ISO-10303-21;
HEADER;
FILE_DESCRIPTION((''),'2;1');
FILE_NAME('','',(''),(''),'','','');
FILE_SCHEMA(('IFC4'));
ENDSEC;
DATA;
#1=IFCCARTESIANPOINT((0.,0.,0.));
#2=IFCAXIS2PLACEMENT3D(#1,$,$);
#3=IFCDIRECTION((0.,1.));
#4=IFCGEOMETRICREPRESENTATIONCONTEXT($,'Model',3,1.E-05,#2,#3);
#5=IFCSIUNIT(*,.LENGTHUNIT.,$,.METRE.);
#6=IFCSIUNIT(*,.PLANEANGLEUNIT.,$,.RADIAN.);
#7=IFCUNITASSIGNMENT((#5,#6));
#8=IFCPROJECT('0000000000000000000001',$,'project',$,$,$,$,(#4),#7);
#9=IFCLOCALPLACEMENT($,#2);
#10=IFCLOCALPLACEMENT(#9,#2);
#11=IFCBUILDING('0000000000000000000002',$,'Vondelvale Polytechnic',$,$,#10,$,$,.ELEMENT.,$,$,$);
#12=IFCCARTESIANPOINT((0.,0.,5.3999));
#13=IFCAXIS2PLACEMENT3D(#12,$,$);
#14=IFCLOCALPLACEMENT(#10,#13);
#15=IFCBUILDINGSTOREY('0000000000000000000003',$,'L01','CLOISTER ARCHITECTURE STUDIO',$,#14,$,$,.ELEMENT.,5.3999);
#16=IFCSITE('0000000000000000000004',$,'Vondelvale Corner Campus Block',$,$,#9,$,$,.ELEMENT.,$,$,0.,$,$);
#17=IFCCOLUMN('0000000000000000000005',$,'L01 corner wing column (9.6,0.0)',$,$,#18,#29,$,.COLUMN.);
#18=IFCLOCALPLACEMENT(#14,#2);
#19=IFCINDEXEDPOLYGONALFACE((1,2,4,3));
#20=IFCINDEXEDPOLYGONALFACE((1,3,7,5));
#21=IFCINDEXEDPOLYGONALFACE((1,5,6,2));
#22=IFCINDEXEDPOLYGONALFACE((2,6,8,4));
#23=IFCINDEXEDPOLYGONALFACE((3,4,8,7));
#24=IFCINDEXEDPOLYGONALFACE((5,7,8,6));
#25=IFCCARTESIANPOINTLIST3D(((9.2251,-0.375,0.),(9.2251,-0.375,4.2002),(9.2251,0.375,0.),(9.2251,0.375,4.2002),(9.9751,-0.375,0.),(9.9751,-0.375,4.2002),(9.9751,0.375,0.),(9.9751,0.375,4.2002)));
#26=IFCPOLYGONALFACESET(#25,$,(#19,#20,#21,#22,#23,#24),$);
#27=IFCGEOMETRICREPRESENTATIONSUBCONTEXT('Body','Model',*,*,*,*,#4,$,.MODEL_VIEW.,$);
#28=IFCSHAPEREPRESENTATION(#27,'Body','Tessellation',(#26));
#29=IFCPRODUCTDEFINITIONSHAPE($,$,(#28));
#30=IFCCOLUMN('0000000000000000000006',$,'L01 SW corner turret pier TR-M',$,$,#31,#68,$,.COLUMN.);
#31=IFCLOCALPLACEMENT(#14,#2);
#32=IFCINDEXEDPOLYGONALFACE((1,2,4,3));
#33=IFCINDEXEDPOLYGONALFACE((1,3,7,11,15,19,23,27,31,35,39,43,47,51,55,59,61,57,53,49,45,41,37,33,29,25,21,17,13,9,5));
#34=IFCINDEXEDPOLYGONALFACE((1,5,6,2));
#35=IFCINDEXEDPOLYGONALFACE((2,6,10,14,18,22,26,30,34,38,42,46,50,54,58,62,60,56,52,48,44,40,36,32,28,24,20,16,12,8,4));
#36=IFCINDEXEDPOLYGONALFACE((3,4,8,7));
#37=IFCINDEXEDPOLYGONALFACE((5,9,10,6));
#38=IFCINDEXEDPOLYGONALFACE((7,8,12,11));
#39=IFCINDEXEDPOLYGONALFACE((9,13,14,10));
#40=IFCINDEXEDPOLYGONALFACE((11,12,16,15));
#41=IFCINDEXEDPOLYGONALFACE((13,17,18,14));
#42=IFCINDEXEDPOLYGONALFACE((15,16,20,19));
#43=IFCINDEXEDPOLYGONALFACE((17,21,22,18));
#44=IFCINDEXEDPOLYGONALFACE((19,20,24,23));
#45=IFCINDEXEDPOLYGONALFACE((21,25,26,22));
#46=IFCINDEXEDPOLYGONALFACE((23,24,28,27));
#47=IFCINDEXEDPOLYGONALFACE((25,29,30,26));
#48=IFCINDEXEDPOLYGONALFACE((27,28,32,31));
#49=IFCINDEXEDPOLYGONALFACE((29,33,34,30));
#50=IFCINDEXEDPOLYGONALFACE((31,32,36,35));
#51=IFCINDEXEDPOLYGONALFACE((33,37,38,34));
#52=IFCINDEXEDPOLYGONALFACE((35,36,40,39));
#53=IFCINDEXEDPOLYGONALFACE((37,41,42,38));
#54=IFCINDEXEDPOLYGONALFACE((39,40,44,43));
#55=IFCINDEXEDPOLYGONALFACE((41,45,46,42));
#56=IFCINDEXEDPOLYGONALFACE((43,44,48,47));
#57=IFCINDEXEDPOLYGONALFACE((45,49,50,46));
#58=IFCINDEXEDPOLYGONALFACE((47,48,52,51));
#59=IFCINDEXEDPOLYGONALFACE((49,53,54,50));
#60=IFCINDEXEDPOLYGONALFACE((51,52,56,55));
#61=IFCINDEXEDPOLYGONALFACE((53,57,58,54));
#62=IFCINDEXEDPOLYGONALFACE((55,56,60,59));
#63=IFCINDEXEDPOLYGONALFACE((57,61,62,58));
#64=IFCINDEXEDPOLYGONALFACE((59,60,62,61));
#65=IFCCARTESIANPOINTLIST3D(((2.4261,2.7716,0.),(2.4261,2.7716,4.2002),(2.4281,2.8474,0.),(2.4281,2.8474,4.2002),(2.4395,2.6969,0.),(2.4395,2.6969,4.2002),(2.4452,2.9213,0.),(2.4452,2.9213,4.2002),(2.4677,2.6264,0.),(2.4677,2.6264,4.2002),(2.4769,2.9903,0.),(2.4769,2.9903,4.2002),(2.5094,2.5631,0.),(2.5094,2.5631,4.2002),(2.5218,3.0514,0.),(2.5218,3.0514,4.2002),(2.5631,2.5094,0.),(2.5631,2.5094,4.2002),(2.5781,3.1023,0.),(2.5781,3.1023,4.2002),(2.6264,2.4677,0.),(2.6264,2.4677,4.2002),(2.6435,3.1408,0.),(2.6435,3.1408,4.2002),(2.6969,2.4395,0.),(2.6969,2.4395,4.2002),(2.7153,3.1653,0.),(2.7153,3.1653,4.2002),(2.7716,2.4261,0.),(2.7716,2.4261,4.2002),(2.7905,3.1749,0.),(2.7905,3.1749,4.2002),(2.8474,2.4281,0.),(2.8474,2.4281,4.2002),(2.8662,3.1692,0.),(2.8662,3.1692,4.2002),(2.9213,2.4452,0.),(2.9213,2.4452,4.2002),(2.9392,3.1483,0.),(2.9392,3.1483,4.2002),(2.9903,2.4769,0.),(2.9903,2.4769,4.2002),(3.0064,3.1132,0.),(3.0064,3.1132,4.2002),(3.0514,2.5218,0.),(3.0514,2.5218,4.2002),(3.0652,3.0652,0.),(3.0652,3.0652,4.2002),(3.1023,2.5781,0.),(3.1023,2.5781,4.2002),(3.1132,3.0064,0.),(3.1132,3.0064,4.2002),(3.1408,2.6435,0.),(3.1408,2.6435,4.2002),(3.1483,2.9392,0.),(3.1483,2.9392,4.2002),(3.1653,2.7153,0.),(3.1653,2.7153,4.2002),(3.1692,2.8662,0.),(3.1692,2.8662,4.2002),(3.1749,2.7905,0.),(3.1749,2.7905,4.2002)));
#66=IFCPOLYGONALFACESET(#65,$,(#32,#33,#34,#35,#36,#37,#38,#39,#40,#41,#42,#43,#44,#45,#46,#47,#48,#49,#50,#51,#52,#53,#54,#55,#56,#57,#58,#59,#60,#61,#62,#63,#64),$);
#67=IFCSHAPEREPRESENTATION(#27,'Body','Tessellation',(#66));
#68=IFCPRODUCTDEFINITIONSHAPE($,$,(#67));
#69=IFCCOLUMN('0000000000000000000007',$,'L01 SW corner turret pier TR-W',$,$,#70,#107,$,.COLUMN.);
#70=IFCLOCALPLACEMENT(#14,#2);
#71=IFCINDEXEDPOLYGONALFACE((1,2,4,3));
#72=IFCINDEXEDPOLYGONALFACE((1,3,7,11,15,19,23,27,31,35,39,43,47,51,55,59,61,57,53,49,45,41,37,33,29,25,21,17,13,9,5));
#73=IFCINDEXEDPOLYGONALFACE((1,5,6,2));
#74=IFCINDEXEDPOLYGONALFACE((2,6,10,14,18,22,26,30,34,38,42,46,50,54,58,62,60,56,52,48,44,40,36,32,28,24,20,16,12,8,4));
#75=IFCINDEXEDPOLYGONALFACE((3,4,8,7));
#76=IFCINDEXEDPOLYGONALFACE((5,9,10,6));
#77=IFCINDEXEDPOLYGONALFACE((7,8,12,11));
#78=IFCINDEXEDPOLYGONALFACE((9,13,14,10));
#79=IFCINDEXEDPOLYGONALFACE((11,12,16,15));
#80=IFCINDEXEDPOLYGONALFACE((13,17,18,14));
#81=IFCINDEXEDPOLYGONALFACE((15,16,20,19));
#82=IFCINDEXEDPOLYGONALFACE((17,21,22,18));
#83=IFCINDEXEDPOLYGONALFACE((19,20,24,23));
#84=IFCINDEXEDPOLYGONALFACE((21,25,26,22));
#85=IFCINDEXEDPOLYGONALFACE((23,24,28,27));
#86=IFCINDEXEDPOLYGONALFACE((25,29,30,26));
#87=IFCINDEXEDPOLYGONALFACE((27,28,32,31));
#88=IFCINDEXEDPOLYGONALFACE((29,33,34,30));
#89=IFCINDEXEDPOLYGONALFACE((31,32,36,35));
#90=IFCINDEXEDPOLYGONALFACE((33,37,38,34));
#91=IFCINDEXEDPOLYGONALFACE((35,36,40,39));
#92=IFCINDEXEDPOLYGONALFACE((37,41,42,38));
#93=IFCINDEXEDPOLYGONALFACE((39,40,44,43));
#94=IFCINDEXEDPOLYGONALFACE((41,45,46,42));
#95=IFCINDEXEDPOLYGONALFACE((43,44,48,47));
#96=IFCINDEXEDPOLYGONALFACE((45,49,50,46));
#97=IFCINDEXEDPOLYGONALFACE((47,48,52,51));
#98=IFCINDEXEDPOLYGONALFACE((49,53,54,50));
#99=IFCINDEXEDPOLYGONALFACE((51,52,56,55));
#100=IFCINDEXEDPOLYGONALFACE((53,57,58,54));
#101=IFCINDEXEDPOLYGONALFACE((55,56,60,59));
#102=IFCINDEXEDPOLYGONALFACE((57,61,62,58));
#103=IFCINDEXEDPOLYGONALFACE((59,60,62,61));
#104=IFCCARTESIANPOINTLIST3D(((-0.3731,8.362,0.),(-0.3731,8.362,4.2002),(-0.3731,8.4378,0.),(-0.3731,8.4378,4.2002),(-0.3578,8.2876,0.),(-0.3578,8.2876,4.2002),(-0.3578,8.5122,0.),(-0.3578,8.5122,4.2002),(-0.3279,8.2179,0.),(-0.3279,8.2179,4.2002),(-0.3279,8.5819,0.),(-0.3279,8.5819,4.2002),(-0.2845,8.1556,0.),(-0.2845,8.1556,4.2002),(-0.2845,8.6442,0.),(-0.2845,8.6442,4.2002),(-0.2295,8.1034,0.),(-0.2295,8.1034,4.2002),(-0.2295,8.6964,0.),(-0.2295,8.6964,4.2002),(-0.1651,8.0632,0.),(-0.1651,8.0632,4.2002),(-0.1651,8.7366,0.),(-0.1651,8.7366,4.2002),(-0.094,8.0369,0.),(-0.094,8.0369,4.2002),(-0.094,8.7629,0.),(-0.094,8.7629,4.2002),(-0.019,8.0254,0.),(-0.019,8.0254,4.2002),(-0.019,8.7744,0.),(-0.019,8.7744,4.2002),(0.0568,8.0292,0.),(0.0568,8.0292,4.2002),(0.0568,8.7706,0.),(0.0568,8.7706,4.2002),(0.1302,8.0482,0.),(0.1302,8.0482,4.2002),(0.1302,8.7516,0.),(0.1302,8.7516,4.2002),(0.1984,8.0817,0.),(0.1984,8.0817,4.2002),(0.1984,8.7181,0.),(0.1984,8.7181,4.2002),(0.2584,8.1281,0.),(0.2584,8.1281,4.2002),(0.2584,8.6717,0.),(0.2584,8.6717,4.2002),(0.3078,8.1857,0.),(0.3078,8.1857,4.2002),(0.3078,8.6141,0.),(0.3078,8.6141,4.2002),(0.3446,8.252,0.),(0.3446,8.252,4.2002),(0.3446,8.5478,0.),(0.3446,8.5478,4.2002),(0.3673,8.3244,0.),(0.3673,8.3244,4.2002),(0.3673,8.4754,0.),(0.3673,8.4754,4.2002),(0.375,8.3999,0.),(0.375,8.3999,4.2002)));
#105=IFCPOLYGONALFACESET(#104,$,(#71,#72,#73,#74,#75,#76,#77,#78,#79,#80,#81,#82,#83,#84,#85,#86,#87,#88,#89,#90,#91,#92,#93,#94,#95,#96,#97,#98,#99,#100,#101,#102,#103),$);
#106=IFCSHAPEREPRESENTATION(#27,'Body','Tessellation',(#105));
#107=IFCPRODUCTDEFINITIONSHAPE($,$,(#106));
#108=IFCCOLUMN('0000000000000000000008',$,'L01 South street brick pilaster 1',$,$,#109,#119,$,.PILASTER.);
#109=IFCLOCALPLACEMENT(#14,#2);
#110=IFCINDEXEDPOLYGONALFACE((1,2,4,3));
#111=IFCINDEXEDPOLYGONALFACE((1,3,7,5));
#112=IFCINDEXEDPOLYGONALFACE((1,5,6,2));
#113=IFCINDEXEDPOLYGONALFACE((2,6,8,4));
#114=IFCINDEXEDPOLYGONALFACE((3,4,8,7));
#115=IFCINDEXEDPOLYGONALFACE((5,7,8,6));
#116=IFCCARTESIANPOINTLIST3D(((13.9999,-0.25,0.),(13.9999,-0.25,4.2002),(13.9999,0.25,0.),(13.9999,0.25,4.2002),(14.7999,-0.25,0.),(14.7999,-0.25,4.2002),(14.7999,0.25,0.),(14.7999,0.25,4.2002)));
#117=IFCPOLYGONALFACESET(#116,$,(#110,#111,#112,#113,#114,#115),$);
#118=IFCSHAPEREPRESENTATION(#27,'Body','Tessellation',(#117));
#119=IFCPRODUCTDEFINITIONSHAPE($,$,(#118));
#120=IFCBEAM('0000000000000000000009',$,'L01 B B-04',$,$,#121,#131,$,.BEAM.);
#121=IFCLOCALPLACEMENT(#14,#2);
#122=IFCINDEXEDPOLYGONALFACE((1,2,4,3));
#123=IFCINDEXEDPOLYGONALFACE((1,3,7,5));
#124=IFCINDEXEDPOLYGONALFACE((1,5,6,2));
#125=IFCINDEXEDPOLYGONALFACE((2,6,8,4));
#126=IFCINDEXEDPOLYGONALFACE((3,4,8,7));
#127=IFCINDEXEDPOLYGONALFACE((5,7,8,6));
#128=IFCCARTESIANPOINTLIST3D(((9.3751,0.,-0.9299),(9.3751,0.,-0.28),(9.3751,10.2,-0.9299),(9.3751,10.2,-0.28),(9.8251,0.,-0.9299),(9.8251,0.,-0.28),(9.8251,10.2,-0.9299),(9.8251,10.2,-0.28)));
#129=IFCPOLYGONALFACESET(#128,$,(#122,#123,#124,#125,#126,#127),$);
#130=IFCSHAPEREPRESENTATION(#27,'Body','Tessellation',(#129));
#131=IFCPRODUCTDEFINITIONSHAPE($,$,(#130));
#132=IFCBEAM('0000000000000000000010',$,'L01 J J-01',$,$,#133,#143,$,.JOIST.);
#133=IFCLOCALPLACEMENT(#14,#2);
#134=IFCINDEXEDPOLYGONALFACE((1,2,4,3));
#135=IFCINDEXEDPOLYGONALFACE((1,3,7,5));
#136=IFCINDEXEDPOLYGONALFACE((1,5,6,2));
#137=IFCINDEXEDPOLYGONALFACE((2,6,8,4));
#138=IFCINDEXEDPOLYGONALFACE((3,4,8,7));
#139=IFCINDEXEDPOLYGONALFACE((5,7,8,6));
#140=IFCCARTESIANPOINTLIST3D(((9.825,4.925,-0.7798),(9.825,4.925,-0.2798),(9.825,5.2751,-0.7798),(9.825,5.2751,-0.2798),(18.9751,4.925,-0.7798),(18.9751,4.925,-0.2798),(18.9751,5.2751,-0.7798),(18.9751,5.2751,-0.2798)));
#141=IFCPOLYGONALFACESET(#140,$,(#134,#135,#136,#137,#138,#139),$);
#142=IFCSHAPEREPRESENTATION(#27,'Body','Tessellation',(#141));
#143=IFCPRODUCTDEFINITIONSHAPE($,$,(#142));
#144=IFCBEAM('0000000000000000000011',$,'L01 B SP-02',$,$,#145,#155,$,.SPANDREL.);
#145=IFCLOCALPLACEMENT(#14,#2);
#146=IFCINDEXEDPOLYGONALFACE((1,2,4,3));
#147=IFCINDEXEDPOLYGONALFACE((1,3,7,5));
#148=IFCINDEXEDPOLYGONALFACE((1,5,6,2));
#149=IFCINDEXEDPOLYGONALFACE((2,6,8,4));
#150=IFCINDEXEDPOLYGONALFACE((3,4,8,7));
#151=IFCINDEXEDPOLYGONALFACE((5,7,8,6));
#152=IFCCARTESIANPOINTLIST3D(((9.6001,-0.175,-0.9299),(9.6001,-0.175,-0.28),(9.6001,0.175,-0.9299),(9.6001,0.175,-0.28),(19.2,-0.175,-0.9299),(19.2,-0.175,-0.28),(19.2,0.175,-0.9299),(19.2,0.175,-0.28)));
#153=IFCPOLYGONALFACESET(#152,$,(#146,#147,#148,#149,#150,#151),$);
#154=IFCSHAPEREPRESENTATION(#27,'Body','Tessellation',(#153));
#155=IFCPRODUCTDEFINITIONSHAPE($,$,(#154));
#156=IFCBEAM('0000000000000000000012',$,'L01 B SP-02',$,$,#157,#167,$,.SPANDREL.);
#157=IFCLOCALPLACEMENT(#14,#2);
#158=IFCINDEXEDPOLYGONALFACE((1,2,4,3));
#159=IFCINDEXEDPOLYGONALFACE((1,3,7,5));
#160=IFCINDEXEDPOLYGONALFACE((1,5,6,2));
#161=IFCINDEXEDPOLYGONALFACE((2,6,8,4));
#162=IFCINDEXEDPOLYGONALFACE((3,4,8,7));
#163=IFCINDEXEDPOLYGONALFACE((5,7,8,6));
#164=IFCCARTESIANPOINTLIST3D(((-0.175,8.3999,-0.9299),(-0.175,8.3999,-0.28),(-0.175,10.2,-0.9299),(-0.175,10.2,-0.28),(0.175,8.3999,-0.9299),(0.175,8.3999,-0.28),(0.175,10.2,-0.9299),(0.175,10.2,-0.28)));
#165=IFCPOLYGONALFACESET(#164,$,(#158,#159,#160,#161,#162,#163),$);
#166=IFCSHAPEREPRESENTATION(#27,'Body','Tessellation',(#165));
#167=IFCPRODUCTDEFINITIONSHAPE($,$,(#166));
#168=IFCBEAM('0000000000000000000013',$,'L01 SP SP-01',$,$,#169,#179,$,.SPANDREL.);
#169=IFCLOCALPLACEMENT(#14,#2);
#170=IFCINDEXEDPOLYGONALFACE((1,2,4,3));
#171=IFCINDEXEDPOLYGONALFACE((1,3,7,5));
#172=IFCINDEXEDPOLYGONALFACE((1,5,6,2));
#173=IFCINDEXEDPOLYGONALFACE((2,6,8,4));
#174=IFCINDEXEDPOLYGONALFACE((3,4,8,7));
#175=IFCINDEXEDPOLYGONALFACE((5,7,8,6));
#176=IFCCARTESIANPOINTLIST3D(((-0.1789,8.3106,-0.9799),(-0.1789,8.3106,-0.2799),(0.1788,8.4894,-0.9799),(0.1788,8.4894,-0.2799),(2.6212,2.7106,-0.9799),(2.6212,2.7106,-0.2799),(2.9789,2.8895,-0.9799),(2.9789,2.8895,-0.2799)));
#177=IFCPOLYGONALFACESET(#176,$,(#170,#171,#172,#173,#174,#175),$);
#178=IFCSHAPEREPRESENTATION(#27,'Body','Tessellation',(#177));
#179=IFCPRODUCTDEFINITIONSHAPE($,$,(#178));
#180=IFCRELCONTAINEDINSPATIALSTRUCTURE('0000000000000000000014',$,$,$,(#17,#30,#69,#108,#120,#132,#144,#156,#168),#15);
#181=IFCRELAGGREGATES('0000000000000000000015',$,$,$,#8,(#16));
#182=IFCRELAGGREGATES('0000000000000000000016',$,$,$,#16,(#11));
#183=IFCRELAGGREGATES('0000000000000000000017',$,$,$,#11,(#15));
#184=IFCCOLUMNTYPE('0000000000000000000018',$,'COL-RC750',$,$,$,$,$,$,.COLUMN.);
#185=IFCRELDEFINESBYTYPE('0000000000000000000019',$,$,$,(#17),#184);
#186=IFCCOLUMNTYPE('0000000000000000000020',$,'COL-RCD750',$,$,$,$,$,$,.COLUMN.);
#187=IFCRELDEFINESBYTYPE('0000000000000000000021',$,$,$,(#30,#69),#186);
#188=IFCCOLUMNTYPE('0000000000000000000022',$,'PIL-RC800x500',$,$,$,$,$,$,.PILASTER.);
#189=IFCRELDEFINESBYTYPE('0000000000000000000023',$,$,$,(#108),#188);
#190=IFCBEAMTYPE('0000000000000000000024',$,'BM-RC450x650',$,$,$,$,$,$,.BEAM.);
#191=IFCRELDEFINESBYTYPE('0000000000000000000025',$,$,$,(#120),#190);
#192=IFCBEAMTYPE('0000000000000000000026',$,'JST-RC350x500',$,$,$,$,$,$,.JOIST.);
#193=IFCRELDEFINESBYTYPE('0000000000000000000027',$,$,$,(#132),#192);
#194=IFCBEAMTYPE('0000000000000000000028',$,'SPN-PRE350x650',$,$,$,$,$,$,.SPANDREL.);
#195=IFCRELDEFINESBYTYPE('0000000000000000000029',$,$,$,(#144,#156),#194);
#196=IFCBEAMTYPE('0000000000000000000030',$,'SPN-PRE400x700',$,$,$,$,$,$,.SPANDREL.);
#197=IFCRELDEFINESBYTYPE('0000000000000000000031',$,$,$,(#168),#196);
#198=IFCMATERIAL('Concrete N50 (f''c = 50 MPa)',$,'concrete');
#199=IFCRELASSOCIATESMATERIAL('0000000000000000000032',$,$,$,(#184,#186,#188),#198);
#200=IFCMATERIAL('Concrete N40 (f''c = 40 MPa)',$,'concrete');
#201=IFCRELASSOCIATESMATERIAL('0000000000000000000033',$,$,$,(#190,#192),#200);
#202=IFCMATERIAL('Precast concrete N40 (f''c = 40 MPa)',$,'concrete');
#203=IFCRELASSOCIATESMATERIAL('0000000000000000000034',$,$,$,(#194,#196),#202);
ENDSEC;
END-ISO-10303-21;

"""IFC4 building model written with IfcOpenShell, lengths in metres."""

from ifc_helpers import new_model, si_unit, direction, frame, origin, origin_2d, place, context, subcontext, project, spatial, rectangle, circle, extrude, material, material_profile, profile_set, type_object, element, save


model = new_model("IFC4")

# Units and contexts
model_context = context("Model", 3, precision=1e-05, world=origin(), true_north=direction((0.0, 1.0)))
body_context = subcontext(model_context, "Body", "Model", "MODEL_VIEW")
ifc_project = project(units=[si_unit("LENGTHUNIT", "METRE"), si_unit("PLANEANGLEUNIT", "RADIAN")], contexts=[model_context])

# Site, building, storey
site_placement = place(None, origin())
site = spatial("IfcSite", under=ifc_project, at=site_placement, Name="Vondelvale Corner Campus Block", CompositionType="ELEMENT", RefElevation=0.0)
building_placement = place(site_placement, origin())
building = spatial("IfcBuilding", under=site, at=building_placement, Name="Vondelvale Polytechnic", CompositionType="ELEMENT")
storey_placement = place(building_placement, frame((0.0, 0.0, 5.3999)))
storey = spatial("IfcBuildingStorey", under=building, at=storey_placement, Name="L01", Description="CLOISTER ARCHITECTURE STUDIO", CompositionType="ELEMENT", Elevation=5.3999)

# Columns
ifc_material_1 = material(Name="Concrete N50 (f'c = 50 MPa)", Category="concrete")
ifc_material_profile_1 = material_profile(ifc_material_1, rectangle(XDim=0.75, YDim=0.75, at=origin_2d()), Name="RC-COL-750x750")
ifc_profile_set_1 = profile_set([ifc_material_profile_1], Name="Concrete N50 (f'c = 50 MPa)")
column_type_1 = type_object("IfcColumnType", Name="COL-RC750", PredefinedType="COLUMN", material=ifc_profile_set_1)
column_1_placement = place(storey_placement, frame((9.6001, 0.0, 0.0), z_axis=(0.0, 0.0, 1.0), x_axis=(1.0, 0.0, 0.0)))
element("IfcColumn", 1, at=column_1_placement, inside=storey, type_object=column_type_1, Name="L01 corner wing column (9.6,0.0)", PredefinedType="COLUMN", context=body_context, shape_type="SweptSolid", body=[
    extrude(rectangle(XDim=0.75, YDim=0.75, at=origin_2d()), origin(), (0.0, 0.0, 1.0), 4.2002),
])
ifc_material_profile_2 = material_profile(ifc_material_1, circle(Radius=0.375, at=origin_2d()), Name="RC-COL-D750")
ifc_profile_set_2 = profile_set([ifc_material_profile_2], Name="Concrete N50 (f'c = 50 MPa)")
column_type_2 = type_object("IfcColumnType", Name="COL-RCD750", PredefinedType="COLUMN", material=ifc_profile_set_2)
for number, where, z_axis, x_axis, name in (
    (2, (2.8, 2.8, 0.0), (0.0, 0.0, 1.0), (0.707107, 0.707107, 0.0), "L01 SW corner turret pier TR-M"),
    (3, (0.0, 8.3999, 0.0), (0.0, 0.0, 1.0), (1.0, 0.0, 0.0), "L01 SW corner turret pier TR-W"),
):
    element("IfcColumn", number, at=place(storey_placement, frame(where, z_axis=z_axis, x_axis=x_axis)), inside=storey, type_object=column_type_2, Name=name, PredefinedType="COLUMN", context=body_context, shape_type="SweptSolid", body=[
        extrude(circle(Radius=0.375, at=origin_2d()), origin(), (0.0, 0.0, 1.0), 4.2002),
    ])
ifc_material_profile_3 = material_profile(ifc_material_1, rectangle(XDim=0.5, YDim=0.8, at=origin_2d()), Name="RC-PIL-800x500")
ifc_profile_set_3 = profile_set([ifc_material_profile_3], Name="Concrete N50 (f'c = 50 MPa)")
column_type_3 = type_object("IfcColumnType", Name="PIL-RC800x500", PredefinedType="PILASTER", material=ifc_profile_set_3)
column_2_placement = place(storey_placement, frame((14.3999, 0.0, 0.0), z_axis=(0.0, 0.0, 1.0), x_axis=(0.0, 1.0, 0.0)))
element("IfcColumn", 4, at=column_2_placement, inside=storey, type_object=column_type_3, Name="L01 South street brick pilaster 1", PredefinedType="PILASTER", context=body_context, shape_type="SweptSolid", body=[
    extrude(rectangle(XDim=0.5, YDim=0.8, at=origin_2d()), origin(), (0.0, 0.0, 1.0), 4.2002),
])

# Beams
ifc_material_2 = material(Name="Concrete N40 (f'c = 40 MPa)", Category="concrete")
ifc_material_profile_4 = material_profile(ifc_material_2, rectangle(XDim=0.45, YDim=0.6499, at=origin_2d()), Name="RC-BM-450x650")
ifc_profile_set_4 = profile_set([ifc_material_profile_4], Name="Concrete N40 (f'c = 40 MPa)")
beam_type_1 = type_object("IfcBeamType", Name="BM-RC450x650", PredefinedType="BEAM", material=ifc_profile_set_4)
beam_1_placement = place(storey_placement, frame((9.6001, 0.0, -0.605), z_axis=(0.0, 1.0, 0.0), x_axis=(-1.0, 0.0, 0.0)))
element("IfcBeam", 5, at=beam_1_placement, inside=storey, type_object=beam_type_1, Name="L01 B B-04", PredefinedType="BEAM", context=body_context, shape_type="SweptSolid", body=[
    extrude(rectangle(XDim=0.45, YDim=0.6499, at=origin_2d()), origin(), (0.0, 0.0, 1.0), 10.2),
])
ifc_material_profile_5 = material_profile(ifc_material_2, rectangle(XDim=0.3501, YDim=0.5, at=origin_2d()), Name="RC-JST-350x500")
ifc_profile_set_5 = profile_set([ifc_material_profile_5], Name="Concrete N40 (f'c = 40 MPa)")
beam_type_2 = type_object("IfcBeamType", Name="JST-RC350x500", PredefinedType="JOIST", material=ifc_profile_set_5)
beam_2_placement = place(storey_placement, frame((9.825, 5.1001, -0.5298), z_axis=(1.0, 0.0, 0.0), x_axis=(0.0, 1.0, 0.0)))
element("IfcBeam", 6, at=beam_2_placement, inside=storey, type_object=beam_type_2, Name="L01 J J-01", PredefinedType="JOIST", context=body_context, shape_type="SweptSolid", body=[
    extrude(rectangle(XDim=0.3501, YDim=0.5, at=origin_2d()), origin(), (0.0, 0.0, 1.0), 9.1501),
])
ifc_material_3 = material(Name="Precast concrete N40 (f'c = 40 MPa)", Category="concrete")
ifc_material_profile_6 = material_profile(ifc_material_3, rectangle(XDim=0.3501, YDim=0.6499, at=origin_2d()), Name="RC-SPN-350x650")
ifc_profile_set_6 = profile_set([ifc_material_profile_6], Name="Precast concrete N40 (f'c = 40 MPa)")
beam_type_3 = type_object("IfcBeamType", Name="SPN-PRE350x650", PredefinedType="SPANDREL", material=ifc_profile_set_6)
beam_3_placement = place(storey_placement, frame((9.6001, 0.0, -0.605), z_axis=(1.0, 0.0, 0.0), x_axis=(0.0, 1.0, 0.0)))
element("IfcBeam", 7, at=beam_3_placement, inside=storey, type_object=beam_type_3, Name="L01 B SP-02", PredefinedType="SPANDREL", context=body_context, shape_type="SweptSolid", body=[
    extrude(rectangle(XDim=0.3501, YDim=0.6499, at=origin_2d()), origin(), (0.0, 0.0, 1.0), 9.5999),
])
beam_4_placement = place(storey_placement, frame((0.0, 8.3999, -0.605), z_axis=(0.0, 1.0, 0.0), x_axis=(-1.0, 0.0, 0.0)))
element("IfcBeam", 8, at=beam_4_placement, inside=storey, type_object=beam_type_3, Name="L01 B SP-02", PredefinedType="SPANDREL", context=body_context, shape_type="SweptSolid", body=[
    extrude(rectangle(XDim=0.3501, YDim=0.6499, at=origin_2d()), origin(), (0.0, 0.0, 1.0), 1.8),
])
ifc_material_profile_7 = material_profile(ifc_material_3, rectangle(XDim=0.3999, YDim=0.7, at=origin_2d()), Name="RC-SPN-400x700")
ifc_profile_set_7 = profile_set([ifc_material_profile_7], Name="Precast concrete N40 (f'c = 40 MPa)")
beam_type_4 = type_object("IfcBeamType", Name="SPN-PRE400x700", PredefinedType="SPANDREL", material=ifc_profile_set_7)
beam_5_placement = place(storey_placement, frame((2.8, 2.8, -0.6299), z_axis=(-0.447229, 0.894419, 0.0), x_axis=(-0.894419, -0.447229, 0.0)))
element("IfcBeam", 9, at=beam_5_placement, inside=storey, type_object=beam_type_4, Name="L01 SP SP-01", PredefinedType="SPANDREL", context=body_context, shape_type="SweptSolid", body=[
    extrude(rectangle(XDim=0.3999, YDim=0.7, at=origin_2d()), origin(), (0.0, 0.0, 1.0), 6.261),
])

save(model, "model.ifc")
